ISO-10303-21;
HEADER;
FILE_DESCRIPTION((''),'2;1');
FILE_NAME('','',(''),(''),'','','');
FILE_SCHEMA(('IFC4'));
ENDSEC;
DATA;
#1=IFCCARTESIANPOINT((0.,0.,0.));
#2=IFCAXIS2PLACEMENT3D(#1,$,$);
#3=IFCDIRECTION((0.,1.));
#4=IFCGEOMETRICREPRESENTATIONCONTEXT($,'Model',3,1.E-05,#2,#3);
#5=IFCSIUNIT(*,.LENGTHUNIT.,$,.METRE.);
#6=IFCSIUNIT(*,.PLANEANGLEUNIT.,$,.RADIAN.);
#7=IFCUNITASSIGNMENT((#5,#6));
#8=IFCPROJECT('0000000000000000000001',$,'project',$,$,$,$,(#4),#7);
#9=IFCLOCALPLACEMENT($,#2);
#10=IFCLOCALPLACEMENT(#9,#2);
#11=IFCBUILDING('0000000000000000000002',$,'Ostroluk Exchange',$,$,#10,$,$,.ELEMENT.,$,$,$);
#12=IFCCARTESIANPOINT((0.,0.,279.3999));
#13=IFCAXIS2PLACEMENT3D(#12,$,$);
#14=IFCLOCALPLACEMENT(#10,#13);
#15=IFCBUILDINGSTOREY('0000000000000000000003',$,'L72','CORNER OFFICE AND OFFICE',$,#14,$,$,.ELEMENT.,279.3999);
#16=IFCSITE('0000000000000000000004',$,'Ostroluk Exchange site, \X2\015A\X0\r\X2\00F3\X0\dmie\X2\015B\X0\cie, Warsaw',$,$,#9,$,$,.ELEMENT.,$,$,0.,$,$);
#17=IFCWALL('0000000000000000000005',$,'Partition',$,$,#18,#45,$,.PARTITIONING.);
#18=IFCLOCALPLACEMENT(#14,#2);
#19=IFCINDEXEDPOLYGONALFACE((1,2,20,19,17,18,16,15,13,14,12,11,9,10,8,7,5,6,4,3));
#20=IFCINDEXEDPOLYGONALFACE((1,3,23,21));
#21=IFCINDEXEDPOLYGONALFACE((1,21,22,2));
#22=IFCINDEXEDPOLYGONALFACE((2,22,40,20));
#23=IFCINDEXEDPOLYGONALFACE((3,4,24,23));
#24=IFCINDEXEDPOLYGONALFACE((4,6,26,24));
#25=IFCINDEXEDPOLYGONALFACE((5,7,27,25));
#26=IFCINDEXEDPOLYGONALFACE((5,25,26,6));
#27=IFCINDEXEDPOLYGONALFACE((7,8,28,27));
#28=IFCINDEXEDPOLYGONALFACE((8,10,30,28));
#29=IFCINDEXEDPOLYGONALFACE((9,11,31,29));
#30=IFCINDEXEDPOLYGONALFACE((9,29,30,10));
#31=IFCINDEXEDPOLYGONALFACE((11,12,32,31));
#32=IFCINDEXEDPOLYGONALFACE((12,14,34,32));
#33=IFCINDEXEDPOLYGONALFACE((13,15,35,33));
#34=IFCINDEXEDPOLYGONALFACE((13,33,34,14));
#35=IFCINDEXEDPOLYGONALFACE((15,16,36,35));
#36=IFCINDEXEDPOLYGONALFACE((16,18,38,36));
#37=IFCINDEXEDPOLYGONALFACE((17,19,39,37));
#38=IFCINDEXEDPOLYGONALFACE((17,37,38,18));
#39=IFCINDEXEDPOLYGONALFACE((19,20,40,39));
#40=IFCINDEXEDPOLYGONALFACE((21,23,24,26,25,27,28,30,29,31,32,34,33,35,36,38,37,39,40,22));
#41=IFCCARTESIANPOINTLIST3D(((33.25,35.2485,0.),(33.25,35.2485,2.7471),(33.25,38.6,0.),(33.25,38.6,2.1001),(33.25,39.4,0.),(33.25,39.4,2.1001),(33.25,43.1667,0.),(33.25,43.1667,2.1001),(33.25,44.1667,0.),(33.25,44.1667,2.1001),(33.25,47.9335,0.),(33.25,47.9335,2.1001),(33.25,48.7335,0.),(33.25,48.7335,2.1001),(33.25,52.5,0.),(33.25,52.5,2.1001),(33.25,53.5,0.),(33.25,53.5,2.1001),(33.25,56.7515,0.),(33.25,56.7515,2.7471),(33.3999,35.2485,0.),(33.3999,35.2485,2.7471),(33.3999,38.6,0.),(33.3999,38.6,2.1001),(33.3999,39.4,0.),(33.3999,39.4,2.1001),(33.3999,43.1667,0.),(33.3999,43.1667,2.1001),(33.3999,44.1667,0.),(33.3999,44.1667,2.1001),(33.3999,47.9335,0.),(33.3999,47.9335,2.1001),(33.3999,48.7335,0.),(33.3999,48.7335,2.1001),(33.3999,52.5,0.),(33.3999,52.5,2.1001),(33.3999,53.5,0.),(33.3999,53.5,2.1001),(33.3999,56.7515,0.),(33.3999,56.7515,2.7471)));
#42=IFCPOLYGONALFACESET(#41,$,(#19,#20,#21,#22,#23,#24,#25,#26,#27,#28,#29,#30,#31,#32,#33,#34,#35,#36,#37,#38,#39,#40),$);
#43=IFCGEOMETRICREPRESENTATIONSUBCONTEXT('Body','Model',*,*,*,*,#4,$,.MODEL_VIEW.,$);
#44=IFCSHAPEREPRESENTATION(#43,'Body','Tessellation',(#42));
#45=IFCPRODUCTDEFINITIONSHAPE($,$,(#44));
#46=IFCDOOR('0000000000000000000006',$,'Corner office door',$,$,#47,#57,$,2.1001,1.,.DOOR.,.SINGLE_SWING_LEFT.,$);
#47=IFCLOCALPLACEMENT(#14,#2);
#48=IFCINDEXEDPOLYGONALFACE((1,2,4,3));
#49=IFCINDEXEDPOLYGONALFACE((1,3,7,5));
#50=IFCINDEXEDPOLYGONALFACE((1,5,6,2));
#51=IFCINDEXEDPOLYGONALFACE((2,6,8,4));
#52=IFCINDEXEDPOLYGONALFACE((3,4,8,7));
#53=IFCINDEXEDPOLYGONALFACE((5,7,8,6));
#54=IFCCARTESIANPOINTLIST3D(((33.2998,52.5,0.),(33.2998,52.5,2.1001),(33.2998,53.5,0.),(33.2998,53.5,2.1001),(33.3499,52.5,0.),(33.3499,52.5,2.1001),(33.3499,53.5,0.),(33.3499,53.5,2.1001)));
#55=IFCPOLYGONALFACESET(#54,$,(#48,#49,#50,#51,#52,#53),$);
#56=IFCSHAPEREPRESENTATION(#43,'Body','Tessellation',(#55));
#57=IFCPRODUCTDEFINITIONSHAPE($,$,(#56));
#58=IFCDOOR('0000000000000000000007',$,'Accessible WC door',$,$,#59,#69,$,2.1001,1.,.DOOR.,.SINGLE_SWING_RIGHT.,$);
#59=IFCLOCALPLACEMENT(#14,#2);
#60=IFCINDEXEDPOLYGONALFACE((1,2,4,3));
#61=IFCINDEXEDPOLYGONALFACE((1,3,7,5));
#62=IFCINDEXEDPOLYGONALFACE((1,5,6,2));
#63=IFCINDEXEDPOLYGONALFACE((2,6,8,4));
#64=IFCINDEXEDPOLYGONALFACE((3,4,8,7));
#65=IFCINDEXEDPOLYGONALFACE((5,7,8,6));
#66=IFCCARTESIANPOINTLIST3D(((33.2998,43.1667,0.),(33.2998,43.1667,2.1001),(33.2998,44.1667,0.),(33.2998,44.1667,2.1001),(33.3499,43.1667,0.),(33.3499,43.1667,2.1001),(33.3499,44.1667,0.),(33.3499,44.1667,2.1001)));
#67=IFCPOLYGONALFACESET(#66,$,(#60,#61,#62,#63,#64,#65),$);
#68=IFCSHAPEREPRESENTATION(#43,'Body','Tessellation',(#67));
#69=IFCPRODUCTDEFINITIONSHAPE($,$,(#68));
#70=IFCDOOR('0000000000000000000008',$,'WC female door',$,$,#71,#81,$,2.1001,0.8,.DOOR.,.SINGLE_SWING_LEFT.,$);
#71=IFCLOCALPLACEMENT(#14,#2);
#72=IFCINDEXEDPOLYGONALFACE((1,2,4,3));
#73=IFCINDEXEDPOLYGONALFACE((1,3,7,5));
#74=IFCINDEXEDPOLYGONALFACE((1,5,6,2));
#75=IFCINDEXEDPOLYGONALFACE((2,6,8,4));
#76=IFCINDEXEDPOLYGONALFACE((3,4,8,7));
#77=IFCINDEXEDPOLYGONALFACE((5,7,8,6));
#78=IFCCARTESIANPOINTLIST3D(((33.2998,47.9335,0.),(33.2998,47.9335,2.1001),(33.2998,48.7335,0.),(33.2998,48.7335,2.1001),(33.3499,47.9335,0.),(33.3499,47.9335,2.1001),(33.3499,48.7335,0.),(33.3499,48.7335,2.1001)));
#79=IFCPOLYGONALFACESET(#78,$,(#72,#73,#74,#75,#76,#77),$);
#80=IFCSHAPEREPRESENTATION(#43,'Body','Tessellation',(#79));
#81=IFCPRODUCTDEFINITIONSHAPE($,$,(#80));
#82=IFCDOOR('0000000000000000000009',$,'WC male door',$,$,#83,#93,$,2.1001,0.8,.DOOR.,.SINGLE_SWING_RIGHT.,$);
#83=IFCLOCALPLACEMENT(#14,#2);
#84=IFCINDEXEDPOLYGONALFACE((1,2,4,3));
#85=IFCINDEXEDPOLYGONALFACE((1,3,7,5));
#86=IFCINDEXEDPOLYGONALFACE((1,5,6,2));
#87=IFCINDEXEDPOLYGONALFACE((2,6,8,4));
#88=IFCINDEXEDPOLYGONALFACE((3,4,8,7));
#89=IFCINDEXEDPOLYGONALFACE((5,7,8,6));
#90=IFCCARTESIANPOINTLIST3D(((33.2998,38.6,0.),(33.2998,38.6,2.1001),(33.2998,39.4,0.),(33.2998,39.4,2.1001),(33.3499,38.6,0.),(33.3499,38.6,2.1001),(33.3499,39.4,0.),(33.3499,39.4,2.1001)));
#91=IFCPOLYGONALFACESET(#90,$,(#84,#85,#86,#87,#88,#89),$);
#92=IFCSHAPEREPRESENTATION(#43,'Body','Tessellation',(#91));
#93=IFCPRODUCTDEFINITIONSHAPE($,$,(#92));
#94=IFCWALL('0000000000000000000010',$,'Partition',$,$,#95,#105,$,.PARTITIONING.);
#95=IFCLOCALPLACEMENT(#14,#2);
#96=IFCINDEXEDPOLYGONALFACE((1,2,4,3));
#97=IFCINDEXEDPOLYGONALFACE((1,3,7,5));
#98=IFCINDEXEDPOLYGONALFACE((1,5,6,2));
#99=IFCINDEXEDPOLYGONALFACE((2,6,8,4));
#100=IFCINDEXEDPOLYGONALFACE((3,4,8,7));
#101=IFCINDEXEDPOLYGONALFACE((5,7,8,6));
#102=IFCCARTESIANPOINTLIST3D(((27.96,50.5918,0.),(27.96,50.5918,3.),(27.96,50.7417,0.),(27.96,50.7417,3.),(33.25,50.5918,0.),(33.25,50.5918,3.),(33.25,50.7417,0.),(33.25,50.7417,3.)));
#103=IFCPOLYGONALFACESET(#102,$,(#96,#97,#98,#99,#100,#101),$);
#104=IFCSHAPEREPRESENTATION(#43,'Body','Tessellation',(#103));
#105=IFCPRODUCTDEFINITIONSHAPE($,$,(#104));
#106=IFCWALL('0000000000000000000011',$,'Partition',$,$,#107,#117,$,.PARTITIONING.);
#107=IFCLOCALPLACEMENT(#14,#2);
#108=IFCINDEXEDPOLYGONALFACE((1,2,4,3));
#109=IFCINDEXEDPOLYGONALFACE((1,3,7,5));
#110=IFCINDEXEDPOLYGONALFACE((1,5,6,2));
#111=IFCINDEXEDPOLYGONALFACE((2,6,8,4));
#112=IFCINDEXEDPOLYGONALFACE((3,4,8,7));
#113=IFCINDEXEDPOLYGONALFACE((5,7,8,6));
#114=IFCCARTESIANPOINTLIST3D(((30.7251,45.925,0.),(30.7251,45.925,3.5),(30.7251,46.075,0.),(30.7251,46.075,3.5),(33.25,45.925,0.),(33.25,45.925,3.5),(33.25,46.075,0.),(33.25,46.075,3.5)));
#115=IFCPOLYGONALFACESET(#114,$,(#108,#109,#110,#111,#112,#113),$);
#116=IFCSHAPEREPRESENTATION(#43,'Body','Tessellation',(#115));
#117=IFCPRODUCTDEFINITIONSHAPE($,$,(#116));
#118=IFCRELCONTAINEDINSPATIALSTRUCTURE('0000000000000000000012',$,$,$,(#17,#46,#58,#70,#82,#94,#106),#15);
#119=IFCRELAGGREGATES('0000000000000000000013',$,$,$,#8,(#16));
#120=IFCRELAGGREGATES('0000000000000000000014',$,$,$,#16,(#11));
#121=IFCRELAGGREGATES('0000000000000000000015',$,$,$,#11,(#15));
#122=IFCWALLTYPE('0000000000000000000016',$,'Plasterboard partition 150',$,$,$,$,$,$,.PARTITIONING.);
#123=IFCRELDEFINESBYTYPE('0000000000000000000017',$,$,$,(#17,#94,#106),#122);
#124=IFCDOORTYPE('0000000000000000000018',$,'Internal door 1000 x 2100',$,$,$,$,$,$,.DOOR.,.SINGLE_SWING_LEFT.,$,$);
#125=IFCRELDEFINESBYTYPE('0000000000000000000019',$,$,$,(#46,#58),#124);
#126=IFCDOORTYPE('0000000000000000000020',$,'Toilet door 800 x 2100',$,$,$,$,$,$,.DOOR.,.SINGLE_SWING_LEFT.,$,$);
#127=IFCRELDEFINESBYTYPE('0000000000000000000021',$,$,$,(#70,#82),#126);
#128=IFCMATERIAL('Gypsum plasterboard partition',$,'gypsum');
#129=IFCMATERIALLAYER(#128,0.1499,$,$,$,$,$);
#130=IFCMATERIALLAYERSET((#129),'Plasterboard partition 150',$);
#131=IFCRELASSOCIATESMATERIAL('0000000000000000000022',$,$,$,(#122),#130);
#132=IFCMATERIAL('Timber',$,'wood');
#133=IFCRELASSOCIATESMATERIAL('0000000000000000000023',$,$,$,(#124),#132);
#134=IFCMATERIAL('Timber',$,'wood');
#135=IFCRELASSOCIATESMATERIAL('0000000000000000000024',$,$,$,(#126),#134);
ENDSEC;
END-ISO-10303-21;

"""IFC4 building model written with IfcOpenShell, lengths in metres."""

from ifc_helpers import new_model, si_unit, direction, frame, frame_2d, origin, place, context, subcontext, project, spatial, rectangle, extrude, material, layer, layer_set, type_object, element, fill, save


model = new_model("IFC4")

# Units and contexts
model_context = context("Model", 3, precision=1e-05, world=origin(), true_north=direction((0.0, 1.0)))
body_context = subcontext(model_context, "Body", "Model", "MODEL_VIEW")
ifc_project = project(units=[si_unit("LENGTHUNIT", "METRE"), si_unit("PLANEANGLEUNIT", "RADIAN")], contexts=[model_context])

# Site, building, storey
site_placement = place(None, origin())
site = spatial("IfcSite", under=ifc_project, at=site_placement, Name="Ostroluk Exchange site, Śródmieście, Warsaw", CompositionType="ELEMENT", RefElevation=0.0)
building_placement = place(site_placement, origin())
building = spatial("IfcBuilding", under=site, at=building_placement, Name="Ostroluk Exchange", CompositionType="ELEMENT")
storey_placement = place(building_placement, frame((0.0, 0.0, 279.3999)))
storey = spatial("IfcBuildingStorey", under=building, at=storey_placement, Name="L72", Description="CORNER OFFICE AND OFFICE", CompositionType="ELEMENT", Elevation=279.3999)

# Wall, openings, doors
ifc_material_1 = material(Name="Gypsum plasterboard partition", Category="gypsum")
ifc_layer_1 = layer(ifc_material_1, 0.1499)
ifc_layer_set_1 = layer_set([ifc_layer_1], Name="Plasterboard partition 150")
wall_type_1 = type_object("IfcWallType", Name="Plasterboard partition 150", PredefinedType="PARTITIONING", material=ifc_layer_set_1)
wall_1_placement = place(storey_placement, frame((33.325, 56.7515, 0.0), z_axis=(0.0, 0.0, 1.0), x_axis=(0.0, -1.0, 0.0)))
wall_1 = element("IfcWall", 1, at=wall_1_placement, inside=storey, type_object=wall_type_1, Name="Partition", PredefinedType="PARTITIONING", context=body_context, shape_type="SweptSolid", body=[
    extrude(rectangle(XDim=21.5029, YDim=0.1499, at=frame_2d((10.7515, 0.0))), origin(), (0.0, 0.0, 1.0), 2.7471),
])
opening_1_placement = place(wall_1_placement, frame((3.2515, 0.0, 0.0)))
opening_1 = element("IfcOpeningElement", 2, at=opening_1_placement, cuts=wall_1, PredefinedType="OPENING", context=body_context, shape_type="SweptSolid", body=[
    extrude(rectangle(XDim=1.0, YDim=2.1001, at=frame_2d((0.5, 1.05))), frame((0.0, 0.085, 0.0), z_axis=(0.0, -1.0, 0.0), x_axis=(1.0, 0.0, 0.0)), (0.0, 0.0, 1.0), 0.1699),
])
opening_2_placement = place(wall_1_placement, frame((8.0181, 0.0, 0.0)))
opening_2 = element("IfcOpeningElement", 3, at=opening_2_placement, cuts=wall_1, PredefinedType="OPENING", context=body_context, shape_type="SweptSolid", body=[
    extrude(rectangle(XDim=0.8, YDim=2.1001, at=frame_2d((0.3999, 1.05))), frame((0.0, 0.085, 0.0), z_axis=(0.0, -1.0, 0.0), x_axis=(1.0, 0.0, 0.0)), (0.0, 0.0, 1.0), 0.1699),
])
opening_3_placement = place(wall_1_placement, frame((12.5847, 0.0, 0.0)))
opening_3 = element("IfcOpeningElement", 4, at=opening_3_placement, cuts=wall_1, PredefinedType="OPENING", context=body_context, shape_type="SweptSolid", body=[
    extrude(rectangle(XDim=1.0, YDim=2.1001, at=frame_2d((0.5, 1.05))), frame((0.0, 0.085, 0.0), z_axis=(0.0, -1.0, 0.0), x_axis=(1.0, 0.0, 0.0)), (0.0, 0.0, 1.0), 0.1699),
])
opening_4_placement = place(wall_1_placement, frame((17.3516, 0.0, 0.0)))
opening_4 = element("IfcOpeningElement", 5, at=opening_4_placement, cuts=wall_1, PredefinedType="OPENING", context=body_context, shape_type="SweptSolid", body=[
    extrude(rectangle(XDim=0.8, YDim=2.1001, at=frame_2d((0.3999, 1.05))), frame((0.0, 0.085, 0.0), z_axis=(0.0, -1.0, 0.0), x_axis=(1.0, 0.0, 0.0)), (0.0, 0.0, 1.0), 0.1699),
])
ifc_material_2 = material(Name="Timber", Category="wood")
door_type_1 = type_object("IfcDoorType", Name="Internal door 1000 x 2100", OperationType="SINGLE_SWING_LEFT", PredefinedType="DOOR", material=ifc_material_2)
door_1_placement = place(opening_1_placement, origin())
door_1 = element("IfcDoor", 6, at=door_1_placement, inside=storey, type_object=door_type_1, Name="Corner office door", OperationType="SINGLE_SWING_LEFT", OverallHeight=2.1001, OverallWidth=1.0, PredefinedType="DOOR", context=body_context, shape_type="SweptSolid", body=[
    extrude(rectangle(XDim=1.0, YDim=2.1001, at=frame_2d((0.5, 1.05))), frame((0.0, 0.0249, 0.0), z_axis=(0.0, -1.0, 0.0), x_axis=(1.0, 0.0, 0.0)), (0.0, 0.0, 1.0), 0.05),
])
fill(opening_1, door_1)
door_2_placement = place(opening_3_placement, origin())
door_2 = element("IfcDoor", 7, at=door_2_placement, inside=storey, type_object=door_type_1, Name="Accessible WC door", OperationType="SINGLE_SWING_RIGHT", OverallHeight=2.1001, OverallWidth=1.0, PredefinedType="DOOR", context=body_context, shape_type="SweptSolid", body=[
    extrude(rectangle(XDim=1.0, YDim=2.1001, at=frame_2d((0.5, 1.05))), frame((0.0, 0.0249, 0.0), z_axis=(0.0, -1.0, 0.0), x_axis=(1.0, 0.0, 0.0)), (0.0, 0.0, 1.0), 0.05),
])
fill(opening_3, door_2)
ifc_material_3 = material(Name="Timber", Category="wood")
door_type_2 = type_object("IfcDoorType", Name="Toilet door 800 x 2100", OperationType="SINGLE_SWING_LEFT", PredefinedType="DOOR", material=ifc_material_3)
door_3_placement = place(opening_2_placement, origin())
door_3 = element("IfcDoor", 8, at=door_3_placement, inside=storey, type_object=door_type_2, Name="WC female door", OperationType="SINGLE_SWING_LEFT", OverallHeight=2.1001, OverallWidth=0.8, PredefinedType="DOOR", context=body_context, shape_type="SweptSolid", body=[
    extrude(rectangle(XDim=0.8, YDim=2.1001, at=frame_2d((0.3999, 1.05))), frame((0.0, 0.0249, 0.0), z_axis=(0.0, -1.0, 0.0), x_axis=(1.0, 0.0, 0.0)), (0.0, 0.0, 1.0), 0.05),
])
fill(opening_2, door_3)
door_4_placement = place(opening_4_placement, origin())
door_4 = element("IfcDoor", 9, at=door_4_placement, inside=storey, type_object=door_type_2, Name="WC male door", OperationType="SINGLE_SWING_RIGHT", OverallHeight=2.1001, OverallWidth=0.8, PredefinedType="DOOR", context=body_context, shape_type="SweptSolid", body=[
    extrude(rectangle(XDim=0.8, YDim=2.1001, at=frame_2d((0.3999, 1.05))), frame((0.0, 0.0249, 0.0), z_axis=(0.0, -1.0, 0.0), x_axis=(1.0, 0.0, 0.0)), (0.0, 0.0, 1.0), 0.05),
])
fill(opening_4, door_4)

# Walls
wall_2_placement = place(storey_placement, frame((33.25, 50.6667, 0.0), z_axis=(0.0, 0.0, 1.0), x_axis=(-1.0, 0.0, 0.0)))
element("IfcWall", 10, at=wall_2_placement, inside=storey, type_object=wall_type_1, Name="Partition", PredefinedType="PARTITIONING", context=body_context, shape_type="SweptSolid", body=[
    extrude(rectangle(XDim=5.29, YDim=0.1499, at=frame_2d((2.645, 0.0))), origin(), (0.0, 0.0, 1.0), 3.0),
])
wall_3_placement = place(storey_placement, frame((33.25, 46.0, 0.0), z_axis=(0.0, 0.0, 1.0), x_axis=(-1.0, 0.0, 0.0)))
element("IfcWall", 11, at=wall_3_placement, inside=storey, type_object=wall_type_1, Name="Partition", PredefinedType="PARTITIONING", context=body_context, shape_type="SweptSolid", body=[
    extrude(rectangle(XDim=2.5249, YDim=0.1499, at=frame_2d((1.2625, 0.0))), origin(), (0.0, 0.0, 1.0), 3.5),
])

save(model, "model.ifc")
